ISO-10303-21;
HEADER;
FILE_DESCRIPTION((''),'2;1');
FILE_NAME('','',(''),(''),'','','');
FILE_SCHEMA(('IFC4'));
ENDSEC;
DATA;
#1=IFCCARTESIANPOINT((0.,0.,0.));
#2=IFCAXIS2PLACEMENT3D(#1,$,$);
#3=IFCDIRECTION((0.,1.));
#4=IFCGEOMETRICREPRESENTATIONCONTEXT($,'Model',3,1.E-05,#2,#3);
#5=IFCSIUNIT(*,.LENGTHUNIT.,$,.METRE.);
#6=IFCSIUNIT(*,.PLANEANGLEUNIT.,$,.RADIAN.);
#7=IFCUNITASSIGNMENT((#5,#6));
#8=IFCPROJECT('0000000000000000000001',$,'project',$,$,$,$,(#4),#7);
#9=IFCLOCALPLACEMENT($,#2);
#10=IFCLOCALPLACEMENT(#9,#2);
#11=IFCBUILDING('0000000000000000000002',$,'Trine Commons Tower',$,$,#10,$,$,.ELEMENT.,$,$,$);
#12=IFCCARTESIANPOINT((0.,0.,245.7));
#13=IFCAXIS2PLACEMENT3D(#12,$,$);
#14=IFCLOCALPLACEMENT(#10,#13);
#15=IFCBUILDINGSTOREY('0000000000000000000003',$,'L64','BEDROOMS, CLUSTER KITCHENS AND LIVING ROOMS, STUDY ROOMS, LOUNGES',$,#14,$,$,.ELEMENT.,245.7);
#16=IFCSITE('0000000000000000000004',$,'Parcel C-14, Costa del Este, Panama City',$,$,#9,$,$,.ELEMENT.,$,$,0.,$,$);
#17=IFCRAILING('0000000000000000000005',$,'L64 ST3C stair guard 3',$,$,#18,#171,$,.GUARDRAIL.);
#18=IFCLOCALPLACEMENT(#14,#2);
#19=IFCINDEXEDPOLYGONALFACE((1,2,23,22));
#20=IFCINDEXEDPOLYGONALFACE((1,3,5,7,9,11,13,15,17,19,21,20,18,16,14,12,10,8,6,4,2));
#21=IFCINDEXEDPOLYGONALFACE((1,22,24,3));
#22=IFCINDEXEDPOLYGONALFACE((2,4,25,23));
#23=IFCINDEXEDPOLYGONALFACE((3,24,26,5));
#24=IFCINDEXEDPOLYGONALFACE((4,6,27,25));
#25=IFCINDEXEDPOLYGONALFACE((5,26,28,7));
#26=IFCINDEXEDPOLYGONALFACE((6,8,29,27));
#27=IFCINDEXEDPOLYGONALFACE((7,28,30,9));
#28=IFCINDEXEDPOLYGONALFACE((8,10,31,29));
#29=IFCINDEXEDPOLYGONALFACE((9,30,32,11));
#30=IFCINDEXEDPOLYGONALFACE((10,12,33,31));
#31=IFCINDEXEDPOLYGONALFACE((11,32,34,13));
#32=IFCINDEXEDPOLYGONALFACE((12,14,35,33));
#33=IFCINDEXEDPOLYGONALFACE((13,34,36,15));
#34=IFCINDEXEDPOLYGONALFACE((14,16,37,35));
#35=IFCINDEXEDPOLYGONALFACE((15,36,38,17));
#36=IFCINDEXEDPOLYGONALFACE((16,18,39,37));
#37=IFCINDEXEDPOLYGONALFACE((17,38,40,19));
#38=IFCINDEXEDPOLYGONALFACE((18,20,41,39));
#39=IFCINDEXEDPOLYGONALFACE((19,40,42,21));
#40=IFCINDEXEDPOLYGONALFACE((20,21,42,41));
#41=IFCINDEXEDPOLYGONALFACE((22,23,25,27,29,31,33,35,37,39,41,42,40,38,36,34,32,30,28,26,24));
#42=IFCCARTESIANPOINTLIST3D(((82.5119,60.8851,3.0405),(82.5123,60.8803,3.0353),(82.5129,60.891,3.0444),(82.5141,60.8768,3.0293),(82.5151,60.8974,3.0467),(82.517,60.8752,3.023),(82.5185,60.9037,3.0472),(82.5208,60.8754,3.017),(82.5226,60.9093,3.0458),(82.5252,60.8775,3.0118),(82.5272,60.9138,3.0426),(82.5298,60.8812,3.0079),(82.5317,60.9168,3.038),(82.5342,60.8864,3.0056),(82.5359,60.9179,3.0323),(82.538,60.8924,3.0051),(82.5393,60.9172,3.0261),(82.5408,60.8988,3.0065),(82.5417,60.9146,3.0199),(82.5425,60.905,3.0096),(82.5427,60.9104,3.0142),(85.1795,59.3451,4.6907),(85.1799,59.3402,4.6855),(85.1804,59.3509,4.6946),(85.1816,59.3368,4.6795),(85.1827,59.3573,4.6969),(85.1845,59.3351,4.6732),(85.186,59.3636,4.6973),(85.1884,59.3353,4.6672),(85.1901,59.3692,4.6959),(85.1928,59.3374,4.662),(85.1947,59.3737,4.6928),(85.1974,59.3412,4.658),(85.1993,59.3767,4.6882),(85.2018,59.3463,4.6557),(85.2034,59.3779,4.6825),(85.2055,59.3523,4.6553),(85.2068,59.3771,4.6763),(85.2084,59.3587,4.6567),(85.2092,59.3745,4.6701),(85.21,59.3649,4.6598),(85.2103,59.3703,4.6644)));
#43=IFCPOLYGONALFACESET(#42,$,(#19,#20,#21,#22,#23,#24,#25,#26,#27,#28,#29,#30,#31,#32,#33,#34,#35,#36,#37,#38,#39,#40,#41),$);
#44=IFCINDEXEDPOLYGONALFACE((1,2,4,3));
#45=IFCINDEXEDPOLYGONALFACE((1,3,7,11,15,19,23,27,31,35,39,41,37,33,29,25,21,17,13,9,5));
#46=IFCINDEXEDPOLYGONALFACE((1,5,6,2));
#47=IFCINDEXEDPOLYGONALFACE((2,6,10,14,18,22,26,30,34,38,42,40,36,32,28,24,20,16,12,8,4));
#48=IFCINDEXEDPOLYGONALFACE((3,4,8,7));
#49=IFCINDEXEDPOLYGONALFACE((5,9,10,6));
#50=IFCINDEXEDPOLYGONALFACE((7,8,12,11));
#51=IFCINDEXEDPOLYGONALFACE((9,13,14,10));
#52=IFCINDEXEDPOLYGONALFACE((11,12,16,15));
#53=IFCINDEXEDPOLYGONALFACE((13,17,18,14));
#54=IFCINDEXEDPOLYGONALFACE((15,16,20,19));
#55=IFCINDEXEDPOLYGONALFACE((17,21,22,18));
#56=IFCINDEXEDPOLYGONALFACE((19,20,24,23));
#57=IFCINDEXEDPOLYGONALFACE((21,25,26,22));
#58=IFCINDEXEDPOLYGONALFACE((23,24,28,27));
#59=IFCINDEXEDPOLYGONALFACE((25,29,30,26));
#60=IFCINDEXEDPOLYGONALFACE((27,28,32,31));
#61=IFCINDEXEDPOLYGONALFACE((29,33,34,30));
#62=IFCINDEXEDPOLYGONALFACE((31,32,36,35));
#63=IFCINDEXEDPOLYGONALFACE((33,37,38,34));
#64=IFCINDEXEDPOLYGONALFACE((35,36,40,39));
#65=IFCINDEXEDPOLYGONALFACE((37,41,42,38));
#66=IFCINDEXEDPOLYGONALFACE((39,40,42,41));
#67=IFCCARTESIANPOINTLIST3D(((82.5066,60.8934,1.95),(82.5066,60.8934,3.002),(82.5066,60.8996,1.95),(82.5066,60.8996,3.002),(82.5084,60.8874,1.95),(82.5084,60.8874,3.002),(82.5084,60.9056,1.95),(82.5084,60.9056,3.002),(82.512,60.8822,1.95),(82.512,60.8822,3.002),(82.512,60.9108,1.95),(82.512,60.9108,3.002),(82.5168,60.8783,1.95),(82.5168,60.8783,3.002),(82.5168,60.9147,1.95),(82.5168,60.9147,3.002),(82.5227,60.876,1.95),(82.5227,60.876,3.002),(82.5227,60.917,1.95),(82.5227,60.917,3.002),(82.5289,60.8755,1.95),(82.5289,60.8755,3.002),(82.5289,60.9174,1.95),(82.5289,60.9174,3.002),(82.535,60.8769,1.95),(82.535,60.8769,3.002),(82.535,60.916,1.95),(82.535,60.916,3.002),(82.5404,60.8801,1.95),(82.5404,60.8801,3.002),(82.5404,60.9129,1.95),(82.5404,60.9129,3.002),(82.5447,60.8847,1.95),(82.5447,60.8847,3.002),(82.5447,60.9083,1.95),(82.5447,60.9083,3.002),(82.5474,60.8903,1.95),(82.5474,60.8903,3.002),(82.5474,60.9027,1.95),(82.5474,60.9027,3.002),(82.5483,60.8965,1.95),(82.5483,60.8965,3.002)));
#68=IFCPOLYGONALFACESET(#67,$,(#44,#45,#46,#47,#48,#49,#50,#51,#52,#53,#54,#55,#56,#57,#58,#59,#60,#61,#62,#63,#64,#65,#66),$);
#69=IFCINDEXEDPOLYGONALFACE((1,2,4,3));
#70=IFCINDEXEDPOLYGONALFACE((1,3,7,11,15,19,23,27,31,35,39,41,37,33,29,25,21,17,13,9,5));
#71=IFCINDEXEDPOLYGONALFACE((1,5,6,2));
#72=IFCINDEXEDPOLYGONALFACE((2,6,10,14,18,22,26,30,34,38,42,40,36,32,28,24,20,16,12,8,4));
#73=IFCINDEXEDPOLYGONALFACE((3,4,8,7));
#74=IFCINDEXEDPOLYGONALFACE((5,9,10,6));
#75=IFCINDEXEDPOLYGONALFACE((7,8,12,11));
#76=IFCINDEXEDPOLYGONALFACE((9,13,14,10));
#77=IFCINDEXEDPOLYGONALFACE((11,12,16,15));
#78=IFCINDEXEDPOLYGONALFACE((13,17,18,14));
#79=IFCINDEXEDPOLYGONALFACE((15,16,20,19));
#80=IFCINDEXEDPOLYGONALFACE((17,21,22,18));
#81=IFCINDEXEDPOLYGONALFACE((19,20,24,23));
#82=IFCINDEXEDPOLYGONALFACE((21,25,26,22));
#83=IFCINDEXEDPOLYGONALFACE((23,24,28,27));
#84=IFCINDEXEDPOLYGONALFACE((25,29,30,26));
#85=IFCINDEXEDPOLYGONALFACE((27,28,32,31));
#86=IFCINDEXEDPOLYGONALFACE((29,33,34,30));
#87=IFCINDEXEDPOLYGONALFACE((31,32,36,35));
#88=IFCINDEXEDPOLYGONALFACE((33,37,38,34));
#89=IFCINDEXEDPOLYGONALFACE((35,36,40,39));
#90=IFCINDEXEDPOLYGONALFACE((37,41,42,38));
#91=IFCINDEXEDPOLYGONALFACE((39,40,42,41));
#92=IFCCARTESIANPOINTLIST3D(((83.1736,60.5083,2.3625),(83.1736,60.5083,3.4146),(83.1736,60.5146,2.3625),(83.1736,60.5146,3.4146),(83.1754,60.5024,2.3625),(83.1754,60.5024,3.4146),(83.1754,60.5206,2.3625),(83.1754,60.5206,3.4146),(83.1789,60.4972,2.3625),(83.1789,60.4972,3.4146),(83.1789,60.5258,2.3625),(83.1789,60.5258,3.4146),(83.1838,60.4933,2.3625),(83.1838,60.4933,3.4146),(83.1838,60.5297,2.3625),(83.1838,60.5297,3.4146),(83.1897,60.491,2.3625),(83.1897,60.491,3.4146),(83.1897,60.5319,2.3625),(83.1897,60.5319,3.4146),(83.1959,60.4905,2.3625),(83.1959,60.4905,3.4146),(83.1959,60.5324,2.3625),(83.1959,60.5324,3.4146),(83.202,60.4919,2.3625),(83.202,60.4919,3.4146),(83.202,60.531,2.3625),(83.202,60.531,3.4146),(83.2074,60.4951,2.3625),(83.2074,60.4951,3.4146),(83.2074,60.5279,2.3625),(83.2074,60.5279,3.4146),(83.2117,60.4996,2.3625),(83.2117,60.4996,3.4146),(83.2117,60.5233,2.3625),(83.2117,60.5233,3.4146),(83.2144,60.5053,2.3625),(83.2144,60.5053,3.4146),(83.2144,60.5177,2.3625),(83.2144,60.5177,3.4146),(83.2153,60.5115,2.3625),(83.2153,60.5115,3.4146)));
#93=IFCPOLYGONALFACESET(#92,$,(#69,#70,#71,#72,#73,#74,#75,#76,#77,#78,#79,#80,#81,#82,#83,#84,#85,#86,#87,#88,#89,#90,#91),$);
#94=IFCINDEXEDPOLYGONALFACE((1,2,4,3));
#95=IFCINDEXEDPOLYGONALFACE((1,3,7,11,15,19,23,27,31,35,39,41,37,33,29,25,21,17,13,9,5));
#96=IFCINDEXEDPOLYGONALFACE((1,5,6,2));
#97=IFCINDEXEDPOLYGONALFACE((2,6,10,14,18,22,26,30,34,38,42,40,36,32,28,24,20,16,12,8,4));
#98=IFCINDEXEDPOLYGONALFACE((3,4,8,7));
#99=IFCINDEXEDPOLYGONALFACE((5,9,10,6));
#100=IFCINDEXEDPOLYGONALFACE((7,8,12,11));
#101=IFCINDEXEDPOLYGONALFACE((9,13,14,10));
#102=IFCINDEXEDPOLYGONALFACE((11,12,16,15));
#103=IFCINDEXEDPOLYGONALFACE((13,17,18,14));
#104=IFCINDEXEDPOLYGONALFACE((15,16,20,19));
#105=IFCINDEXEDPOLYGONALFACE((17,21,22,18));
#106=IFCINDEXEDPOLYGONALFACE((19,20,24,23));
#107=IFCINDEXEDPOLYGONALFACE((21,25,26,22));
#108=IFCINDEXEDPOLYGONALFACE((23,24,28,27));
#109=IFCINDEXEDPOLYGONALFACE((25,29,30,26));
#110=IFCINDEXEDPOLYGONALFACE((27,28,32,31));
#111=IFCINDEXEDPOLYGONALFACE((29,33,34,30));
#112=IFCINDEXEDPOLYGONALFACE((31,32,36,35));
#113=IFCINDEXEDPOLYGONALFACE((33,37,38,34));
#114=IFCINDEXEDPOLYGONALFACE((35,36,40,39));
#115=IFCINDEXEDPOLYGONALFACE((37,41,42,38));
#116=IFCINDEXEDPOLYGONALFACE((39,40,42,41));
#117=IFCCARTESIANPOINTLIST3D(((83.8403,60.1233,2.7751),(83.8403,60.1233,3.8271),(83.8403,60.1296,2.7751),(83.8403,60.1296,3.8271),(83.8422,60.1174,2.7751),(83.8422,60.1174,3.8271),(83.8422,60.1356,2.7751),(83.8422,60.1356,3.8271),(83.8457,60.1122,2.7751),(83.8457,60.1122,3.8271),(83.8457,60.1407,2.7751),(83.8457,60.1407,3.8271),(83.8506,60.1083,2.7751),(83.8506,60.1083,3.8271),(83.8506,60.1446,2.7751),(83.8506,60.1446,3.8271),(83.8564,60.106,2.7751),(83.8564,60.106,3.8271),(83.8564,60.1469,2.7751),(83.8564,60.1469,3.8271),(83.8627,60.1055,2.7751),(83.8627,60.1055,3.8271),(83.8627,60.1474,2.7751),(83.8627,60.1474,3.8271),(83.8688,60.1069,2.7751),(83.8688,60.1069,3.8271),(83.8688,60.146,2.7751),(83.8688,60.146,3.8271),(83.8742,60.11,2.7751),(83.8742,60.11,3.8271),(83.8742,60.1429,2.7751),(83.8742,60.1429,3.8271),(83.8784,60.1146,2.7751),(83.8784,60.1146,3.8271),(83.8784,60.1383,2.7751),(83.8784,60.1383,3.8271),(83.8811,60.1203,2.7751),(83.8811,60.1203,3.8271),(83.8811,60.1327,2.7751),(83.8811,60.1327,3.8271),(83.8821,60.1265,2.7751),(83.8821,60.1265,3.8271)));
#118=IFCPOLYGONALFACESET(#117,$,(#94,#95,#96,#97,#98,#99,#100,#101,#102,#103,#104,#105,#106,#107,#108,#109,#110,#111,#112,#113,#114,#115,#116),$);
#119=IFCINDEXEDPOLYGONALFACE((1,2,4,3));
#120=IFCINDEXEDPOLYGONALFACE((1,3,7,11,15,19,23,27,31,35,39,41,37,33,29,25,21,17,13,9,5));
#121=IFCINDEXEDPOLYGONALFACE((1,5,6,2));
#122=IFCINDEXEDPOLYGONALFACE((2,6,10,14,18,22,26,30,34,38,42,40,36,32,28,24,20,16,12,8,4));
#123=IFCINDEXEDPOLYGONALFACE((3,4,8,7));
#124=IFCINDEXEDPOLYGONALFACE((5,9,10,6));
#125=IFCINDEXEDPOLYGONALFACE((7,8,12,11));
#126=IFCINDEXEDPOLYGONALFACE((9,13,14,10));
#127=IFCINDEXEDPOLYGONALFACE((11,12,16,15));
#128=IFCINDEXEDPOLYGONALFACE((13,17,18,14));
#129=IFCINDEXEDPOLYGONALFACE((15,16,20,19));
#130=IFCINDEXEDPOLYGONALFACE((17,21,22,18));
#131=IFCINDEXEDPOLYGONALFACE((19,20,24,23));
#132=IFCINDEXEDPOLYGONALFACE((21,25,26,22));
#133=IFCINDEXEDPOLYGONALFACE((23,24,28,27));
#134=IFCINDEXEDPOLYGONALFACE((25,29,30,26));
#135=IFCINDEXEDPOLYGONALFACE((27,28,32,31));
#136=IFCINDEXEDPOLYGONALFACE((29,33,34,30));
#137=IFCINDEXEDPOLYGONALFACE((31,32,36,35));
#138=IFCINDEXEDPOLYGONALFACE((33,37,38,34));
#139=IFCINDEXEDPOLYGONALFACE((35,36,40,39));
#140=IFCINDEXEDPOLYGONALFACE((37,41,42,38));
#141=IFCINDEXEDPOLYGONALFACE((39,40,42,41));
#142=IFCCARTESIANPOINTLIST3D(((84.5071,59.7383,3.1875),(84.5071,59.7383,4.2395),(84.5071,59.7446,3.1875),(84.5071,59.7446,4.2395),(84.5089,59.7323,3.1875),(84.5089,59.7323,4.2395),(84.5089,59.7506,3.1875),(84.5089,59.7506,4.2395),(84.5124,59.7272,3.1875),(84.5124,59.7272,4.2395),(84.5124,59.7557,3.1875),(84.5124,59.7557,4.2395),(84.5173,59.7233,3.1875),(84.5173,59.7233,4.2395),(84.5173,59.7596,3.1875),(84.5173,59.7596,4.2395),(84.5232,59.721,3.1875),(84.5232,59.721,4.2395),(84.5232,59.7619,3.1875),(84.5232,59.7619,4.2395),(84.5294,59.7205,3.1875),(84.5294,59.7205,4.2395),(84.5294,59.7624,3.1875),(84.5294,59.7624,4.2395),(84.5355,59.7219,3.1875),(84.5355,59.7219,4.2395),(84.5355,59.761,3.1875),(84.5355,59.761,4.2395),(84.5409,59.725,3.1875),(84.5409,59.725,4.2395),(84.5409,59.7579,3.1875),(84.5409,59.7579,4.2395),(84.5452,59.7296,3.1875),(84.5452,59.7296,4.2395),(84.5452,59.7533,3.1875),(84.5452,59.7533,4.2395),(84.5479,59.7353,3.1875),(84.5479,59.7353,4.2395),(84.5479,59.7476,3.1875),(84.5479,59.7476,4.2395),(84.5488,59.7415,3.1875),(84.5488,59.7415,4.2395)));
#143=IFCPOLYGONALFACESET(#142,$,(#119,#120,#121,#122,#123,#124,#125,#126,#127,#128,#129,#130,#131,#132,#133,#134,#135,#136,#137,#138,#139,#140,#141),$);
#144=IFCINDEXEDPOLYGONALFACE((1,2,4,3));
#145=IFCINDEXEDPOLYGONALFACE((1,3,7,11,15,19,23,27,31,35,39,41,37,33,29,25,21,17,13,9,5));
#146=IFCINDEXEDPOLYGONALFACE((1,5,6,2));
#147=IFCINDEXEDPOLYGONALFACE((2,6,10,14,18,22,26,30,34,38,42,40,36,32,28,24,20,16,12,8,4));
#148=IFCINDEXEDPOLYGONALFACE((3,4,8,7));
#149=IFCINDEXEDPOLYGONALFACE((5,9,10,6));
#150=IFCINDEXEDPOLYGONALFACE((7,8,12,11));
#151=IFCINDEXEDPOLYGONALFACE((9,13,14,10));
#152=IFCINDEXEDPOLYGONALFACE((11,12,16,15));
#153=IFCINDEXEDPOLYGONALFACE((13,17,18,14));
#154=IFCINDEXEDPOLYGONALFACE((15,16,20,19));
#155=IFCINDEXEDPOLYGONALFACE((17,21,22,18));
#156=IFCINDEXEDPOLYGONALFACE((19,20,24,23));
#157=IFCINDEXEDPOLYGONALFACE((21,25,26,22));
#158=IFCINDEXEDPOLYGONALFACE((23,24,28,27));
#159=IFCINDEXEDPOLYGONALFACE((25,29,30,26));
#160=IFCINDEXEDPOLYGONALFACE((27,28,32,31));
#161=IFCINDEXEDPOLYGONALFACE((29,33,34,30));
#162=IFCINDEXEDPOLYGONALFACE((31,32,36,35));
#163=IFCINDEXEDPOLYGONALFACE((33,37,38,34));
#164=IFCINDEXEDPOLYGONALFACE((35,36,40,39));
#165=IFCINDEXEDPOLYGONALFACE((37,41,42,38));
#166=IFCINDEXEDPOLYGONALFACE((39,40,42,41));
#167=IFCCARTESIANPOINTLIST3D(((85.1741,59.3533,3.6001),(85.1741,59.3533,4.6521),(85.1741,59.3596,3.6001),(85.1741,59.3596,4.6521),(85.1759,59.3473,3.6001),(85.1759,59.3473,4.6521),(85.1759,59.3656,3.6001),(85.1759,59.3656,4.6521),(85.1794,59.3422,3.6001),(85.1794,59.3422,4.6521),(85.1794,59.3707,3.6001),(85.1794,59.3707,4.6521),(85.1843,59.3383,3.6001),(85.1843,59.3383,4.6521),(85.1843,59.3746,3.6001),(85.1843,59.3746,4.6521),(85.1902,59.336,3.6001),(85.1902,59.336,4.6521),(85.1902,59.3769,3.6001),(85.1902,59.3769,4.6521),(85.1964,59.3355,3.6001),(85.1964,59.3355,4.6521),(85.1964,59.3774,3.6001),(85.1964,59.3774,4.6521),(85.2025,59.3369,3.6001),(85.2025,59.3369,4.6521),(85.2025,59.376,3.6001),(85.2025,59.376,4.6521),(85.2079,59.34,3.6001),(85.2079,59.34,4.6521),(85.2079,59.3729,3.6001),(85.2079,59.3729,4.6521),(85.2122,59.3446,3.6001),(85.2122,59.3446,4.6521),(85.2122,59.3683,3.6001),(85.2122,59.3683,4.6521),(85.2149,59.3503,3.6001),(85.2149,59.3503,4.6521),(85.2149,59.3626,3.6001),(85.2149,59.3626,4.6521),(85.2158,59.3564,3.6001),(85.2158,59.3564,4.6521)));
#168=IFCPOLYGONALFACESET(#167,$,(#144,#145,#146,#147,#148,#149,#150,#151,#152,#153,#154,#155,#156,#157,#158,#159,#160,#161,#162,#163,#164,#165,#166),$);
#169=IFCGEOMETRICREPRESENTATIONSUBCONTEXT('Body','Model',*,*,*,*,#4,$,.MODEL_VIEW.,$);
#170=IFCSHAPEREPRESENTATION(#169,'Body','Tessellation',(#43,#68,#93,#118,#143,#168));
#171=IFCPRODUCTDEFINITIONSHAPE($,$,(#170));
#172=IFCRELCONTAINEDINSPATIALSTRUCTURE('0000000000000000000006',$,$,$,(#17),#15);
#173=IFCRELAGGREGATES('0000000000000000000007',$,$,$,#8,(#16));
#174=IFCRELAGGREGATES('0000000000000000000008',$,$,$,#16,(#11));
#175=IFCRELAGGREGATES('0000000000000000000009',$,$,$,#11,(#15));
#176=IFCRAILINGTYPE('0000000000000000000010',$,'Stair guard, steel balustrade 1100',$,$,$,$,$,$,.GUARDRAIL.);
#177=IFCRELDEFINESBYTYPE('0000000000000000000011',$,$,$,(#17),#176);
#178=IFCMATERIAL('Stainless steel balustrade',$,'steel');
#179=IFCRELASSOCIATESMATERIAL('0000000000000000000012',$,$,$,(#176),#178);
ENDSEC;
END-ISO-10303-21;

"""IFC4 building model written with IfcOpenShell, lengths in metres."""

from ifc_helpers import new_model, si_unit, direction, frame, origin, origin_2d, place, context, subcontext, project, spatial, circle, extrude, material, type_object, element, save


model = new_model("IFC4")

# Units and contexts
model_context = context("Model", 3, precision=1e-05, world=origin(), true_north=direction((0.0, 1.0)))
body_context = subcontext(model_context, "Body", "Model", "MODEL_VIEW")
ifc_project = project(units=[si_unit("LENGTHUNIT", "METRE"), si_unit("PLANEANGLEUNIT", "RADIAN")], contexts=[model_context])

# Site, building, storey
site_placement = place(None, origin())
site = spatial("IfcSite", under=ifc_project, at=site_placement, Name="Parcel C-14, Costa del Este, Panama City", CompositionType="ELEMENT", RefElevation=0.0)
building_placement = place(site_placement, origin())
building = spatial("IfcBuilding", under=site, at=building_placement, Name="Trine Commons Tower", CompositionType="ELEMENT")
storey_placement = place(building_placement, frame((0.0, 0.0, 245.7)))
storey = spatial("IfcBuildingStorey", under=building, at=storey_placement, Name="L64", Description="BEDROOMS, CLUSTER KITCHENS AND LIVING ROOMS, STUDY ROOMS, LOUNGES", CompositionType="ELEMENT", Elevation=245.7)

# Railing
ifc_material_1 = material(Name="Stainless steel balustrade", Category="steel")
railing_type_1 = type_object("IfcRailingType", Name="Stair guard, steel balustrade 1100", PredefinedType="GUARDRAIL", material=ifc_material_1)
railing_1_placement = place(storey_placement, frame((82.5273, 60.8965, 1.95)))
element("IfcRailing", 1, at=railing_1_placement, inside=storey, type_object=railing_type_1, Name="L64 ST3C stair guard 3", PredefinedType="GUARDRAIL", context=body_context, shape_type="SweptSolid", body=[
    extrude(circle(Radius=0.0239, at=origin_2d()), frame((0.0, 0.0, 1.0762), z_axis=(0.76338, -0.440728, 0.472239), x_axis=(0.499992, 0.86603, 0.0)), (0.0, 0.0, 1.0), 3.4944),
    extrude(circle(Radius=0.021, at=origin_2d()), origin(), (0.0, 0.0, 1.0), 1.052),
    extrude(circle(Radius=0.021, at=origin_2d()), frame((0.667, -0.385, 0.4126)), (0.0, 0.0, 1.0), 1.052),
    extrude(circle(Radius=0.021, at=origin_2d()), frame((1.3337, -0.77, 0.8252)), (0.0, 0.0, 1.0), 1.052),
    extrude(circle(Radius=0.021, at=origin_2d()), frame((2.0005, -1.155, 1.2375)), (0.0, 0.0, 1.0), 1.052),
    extrude(circle(Radius=0.021, at=origin_2d()), frame((2.6675, -1.54, 1.6501)), (0.0, 0.0, 1.0), 1.052),
])

save(model, "model.ifc")
